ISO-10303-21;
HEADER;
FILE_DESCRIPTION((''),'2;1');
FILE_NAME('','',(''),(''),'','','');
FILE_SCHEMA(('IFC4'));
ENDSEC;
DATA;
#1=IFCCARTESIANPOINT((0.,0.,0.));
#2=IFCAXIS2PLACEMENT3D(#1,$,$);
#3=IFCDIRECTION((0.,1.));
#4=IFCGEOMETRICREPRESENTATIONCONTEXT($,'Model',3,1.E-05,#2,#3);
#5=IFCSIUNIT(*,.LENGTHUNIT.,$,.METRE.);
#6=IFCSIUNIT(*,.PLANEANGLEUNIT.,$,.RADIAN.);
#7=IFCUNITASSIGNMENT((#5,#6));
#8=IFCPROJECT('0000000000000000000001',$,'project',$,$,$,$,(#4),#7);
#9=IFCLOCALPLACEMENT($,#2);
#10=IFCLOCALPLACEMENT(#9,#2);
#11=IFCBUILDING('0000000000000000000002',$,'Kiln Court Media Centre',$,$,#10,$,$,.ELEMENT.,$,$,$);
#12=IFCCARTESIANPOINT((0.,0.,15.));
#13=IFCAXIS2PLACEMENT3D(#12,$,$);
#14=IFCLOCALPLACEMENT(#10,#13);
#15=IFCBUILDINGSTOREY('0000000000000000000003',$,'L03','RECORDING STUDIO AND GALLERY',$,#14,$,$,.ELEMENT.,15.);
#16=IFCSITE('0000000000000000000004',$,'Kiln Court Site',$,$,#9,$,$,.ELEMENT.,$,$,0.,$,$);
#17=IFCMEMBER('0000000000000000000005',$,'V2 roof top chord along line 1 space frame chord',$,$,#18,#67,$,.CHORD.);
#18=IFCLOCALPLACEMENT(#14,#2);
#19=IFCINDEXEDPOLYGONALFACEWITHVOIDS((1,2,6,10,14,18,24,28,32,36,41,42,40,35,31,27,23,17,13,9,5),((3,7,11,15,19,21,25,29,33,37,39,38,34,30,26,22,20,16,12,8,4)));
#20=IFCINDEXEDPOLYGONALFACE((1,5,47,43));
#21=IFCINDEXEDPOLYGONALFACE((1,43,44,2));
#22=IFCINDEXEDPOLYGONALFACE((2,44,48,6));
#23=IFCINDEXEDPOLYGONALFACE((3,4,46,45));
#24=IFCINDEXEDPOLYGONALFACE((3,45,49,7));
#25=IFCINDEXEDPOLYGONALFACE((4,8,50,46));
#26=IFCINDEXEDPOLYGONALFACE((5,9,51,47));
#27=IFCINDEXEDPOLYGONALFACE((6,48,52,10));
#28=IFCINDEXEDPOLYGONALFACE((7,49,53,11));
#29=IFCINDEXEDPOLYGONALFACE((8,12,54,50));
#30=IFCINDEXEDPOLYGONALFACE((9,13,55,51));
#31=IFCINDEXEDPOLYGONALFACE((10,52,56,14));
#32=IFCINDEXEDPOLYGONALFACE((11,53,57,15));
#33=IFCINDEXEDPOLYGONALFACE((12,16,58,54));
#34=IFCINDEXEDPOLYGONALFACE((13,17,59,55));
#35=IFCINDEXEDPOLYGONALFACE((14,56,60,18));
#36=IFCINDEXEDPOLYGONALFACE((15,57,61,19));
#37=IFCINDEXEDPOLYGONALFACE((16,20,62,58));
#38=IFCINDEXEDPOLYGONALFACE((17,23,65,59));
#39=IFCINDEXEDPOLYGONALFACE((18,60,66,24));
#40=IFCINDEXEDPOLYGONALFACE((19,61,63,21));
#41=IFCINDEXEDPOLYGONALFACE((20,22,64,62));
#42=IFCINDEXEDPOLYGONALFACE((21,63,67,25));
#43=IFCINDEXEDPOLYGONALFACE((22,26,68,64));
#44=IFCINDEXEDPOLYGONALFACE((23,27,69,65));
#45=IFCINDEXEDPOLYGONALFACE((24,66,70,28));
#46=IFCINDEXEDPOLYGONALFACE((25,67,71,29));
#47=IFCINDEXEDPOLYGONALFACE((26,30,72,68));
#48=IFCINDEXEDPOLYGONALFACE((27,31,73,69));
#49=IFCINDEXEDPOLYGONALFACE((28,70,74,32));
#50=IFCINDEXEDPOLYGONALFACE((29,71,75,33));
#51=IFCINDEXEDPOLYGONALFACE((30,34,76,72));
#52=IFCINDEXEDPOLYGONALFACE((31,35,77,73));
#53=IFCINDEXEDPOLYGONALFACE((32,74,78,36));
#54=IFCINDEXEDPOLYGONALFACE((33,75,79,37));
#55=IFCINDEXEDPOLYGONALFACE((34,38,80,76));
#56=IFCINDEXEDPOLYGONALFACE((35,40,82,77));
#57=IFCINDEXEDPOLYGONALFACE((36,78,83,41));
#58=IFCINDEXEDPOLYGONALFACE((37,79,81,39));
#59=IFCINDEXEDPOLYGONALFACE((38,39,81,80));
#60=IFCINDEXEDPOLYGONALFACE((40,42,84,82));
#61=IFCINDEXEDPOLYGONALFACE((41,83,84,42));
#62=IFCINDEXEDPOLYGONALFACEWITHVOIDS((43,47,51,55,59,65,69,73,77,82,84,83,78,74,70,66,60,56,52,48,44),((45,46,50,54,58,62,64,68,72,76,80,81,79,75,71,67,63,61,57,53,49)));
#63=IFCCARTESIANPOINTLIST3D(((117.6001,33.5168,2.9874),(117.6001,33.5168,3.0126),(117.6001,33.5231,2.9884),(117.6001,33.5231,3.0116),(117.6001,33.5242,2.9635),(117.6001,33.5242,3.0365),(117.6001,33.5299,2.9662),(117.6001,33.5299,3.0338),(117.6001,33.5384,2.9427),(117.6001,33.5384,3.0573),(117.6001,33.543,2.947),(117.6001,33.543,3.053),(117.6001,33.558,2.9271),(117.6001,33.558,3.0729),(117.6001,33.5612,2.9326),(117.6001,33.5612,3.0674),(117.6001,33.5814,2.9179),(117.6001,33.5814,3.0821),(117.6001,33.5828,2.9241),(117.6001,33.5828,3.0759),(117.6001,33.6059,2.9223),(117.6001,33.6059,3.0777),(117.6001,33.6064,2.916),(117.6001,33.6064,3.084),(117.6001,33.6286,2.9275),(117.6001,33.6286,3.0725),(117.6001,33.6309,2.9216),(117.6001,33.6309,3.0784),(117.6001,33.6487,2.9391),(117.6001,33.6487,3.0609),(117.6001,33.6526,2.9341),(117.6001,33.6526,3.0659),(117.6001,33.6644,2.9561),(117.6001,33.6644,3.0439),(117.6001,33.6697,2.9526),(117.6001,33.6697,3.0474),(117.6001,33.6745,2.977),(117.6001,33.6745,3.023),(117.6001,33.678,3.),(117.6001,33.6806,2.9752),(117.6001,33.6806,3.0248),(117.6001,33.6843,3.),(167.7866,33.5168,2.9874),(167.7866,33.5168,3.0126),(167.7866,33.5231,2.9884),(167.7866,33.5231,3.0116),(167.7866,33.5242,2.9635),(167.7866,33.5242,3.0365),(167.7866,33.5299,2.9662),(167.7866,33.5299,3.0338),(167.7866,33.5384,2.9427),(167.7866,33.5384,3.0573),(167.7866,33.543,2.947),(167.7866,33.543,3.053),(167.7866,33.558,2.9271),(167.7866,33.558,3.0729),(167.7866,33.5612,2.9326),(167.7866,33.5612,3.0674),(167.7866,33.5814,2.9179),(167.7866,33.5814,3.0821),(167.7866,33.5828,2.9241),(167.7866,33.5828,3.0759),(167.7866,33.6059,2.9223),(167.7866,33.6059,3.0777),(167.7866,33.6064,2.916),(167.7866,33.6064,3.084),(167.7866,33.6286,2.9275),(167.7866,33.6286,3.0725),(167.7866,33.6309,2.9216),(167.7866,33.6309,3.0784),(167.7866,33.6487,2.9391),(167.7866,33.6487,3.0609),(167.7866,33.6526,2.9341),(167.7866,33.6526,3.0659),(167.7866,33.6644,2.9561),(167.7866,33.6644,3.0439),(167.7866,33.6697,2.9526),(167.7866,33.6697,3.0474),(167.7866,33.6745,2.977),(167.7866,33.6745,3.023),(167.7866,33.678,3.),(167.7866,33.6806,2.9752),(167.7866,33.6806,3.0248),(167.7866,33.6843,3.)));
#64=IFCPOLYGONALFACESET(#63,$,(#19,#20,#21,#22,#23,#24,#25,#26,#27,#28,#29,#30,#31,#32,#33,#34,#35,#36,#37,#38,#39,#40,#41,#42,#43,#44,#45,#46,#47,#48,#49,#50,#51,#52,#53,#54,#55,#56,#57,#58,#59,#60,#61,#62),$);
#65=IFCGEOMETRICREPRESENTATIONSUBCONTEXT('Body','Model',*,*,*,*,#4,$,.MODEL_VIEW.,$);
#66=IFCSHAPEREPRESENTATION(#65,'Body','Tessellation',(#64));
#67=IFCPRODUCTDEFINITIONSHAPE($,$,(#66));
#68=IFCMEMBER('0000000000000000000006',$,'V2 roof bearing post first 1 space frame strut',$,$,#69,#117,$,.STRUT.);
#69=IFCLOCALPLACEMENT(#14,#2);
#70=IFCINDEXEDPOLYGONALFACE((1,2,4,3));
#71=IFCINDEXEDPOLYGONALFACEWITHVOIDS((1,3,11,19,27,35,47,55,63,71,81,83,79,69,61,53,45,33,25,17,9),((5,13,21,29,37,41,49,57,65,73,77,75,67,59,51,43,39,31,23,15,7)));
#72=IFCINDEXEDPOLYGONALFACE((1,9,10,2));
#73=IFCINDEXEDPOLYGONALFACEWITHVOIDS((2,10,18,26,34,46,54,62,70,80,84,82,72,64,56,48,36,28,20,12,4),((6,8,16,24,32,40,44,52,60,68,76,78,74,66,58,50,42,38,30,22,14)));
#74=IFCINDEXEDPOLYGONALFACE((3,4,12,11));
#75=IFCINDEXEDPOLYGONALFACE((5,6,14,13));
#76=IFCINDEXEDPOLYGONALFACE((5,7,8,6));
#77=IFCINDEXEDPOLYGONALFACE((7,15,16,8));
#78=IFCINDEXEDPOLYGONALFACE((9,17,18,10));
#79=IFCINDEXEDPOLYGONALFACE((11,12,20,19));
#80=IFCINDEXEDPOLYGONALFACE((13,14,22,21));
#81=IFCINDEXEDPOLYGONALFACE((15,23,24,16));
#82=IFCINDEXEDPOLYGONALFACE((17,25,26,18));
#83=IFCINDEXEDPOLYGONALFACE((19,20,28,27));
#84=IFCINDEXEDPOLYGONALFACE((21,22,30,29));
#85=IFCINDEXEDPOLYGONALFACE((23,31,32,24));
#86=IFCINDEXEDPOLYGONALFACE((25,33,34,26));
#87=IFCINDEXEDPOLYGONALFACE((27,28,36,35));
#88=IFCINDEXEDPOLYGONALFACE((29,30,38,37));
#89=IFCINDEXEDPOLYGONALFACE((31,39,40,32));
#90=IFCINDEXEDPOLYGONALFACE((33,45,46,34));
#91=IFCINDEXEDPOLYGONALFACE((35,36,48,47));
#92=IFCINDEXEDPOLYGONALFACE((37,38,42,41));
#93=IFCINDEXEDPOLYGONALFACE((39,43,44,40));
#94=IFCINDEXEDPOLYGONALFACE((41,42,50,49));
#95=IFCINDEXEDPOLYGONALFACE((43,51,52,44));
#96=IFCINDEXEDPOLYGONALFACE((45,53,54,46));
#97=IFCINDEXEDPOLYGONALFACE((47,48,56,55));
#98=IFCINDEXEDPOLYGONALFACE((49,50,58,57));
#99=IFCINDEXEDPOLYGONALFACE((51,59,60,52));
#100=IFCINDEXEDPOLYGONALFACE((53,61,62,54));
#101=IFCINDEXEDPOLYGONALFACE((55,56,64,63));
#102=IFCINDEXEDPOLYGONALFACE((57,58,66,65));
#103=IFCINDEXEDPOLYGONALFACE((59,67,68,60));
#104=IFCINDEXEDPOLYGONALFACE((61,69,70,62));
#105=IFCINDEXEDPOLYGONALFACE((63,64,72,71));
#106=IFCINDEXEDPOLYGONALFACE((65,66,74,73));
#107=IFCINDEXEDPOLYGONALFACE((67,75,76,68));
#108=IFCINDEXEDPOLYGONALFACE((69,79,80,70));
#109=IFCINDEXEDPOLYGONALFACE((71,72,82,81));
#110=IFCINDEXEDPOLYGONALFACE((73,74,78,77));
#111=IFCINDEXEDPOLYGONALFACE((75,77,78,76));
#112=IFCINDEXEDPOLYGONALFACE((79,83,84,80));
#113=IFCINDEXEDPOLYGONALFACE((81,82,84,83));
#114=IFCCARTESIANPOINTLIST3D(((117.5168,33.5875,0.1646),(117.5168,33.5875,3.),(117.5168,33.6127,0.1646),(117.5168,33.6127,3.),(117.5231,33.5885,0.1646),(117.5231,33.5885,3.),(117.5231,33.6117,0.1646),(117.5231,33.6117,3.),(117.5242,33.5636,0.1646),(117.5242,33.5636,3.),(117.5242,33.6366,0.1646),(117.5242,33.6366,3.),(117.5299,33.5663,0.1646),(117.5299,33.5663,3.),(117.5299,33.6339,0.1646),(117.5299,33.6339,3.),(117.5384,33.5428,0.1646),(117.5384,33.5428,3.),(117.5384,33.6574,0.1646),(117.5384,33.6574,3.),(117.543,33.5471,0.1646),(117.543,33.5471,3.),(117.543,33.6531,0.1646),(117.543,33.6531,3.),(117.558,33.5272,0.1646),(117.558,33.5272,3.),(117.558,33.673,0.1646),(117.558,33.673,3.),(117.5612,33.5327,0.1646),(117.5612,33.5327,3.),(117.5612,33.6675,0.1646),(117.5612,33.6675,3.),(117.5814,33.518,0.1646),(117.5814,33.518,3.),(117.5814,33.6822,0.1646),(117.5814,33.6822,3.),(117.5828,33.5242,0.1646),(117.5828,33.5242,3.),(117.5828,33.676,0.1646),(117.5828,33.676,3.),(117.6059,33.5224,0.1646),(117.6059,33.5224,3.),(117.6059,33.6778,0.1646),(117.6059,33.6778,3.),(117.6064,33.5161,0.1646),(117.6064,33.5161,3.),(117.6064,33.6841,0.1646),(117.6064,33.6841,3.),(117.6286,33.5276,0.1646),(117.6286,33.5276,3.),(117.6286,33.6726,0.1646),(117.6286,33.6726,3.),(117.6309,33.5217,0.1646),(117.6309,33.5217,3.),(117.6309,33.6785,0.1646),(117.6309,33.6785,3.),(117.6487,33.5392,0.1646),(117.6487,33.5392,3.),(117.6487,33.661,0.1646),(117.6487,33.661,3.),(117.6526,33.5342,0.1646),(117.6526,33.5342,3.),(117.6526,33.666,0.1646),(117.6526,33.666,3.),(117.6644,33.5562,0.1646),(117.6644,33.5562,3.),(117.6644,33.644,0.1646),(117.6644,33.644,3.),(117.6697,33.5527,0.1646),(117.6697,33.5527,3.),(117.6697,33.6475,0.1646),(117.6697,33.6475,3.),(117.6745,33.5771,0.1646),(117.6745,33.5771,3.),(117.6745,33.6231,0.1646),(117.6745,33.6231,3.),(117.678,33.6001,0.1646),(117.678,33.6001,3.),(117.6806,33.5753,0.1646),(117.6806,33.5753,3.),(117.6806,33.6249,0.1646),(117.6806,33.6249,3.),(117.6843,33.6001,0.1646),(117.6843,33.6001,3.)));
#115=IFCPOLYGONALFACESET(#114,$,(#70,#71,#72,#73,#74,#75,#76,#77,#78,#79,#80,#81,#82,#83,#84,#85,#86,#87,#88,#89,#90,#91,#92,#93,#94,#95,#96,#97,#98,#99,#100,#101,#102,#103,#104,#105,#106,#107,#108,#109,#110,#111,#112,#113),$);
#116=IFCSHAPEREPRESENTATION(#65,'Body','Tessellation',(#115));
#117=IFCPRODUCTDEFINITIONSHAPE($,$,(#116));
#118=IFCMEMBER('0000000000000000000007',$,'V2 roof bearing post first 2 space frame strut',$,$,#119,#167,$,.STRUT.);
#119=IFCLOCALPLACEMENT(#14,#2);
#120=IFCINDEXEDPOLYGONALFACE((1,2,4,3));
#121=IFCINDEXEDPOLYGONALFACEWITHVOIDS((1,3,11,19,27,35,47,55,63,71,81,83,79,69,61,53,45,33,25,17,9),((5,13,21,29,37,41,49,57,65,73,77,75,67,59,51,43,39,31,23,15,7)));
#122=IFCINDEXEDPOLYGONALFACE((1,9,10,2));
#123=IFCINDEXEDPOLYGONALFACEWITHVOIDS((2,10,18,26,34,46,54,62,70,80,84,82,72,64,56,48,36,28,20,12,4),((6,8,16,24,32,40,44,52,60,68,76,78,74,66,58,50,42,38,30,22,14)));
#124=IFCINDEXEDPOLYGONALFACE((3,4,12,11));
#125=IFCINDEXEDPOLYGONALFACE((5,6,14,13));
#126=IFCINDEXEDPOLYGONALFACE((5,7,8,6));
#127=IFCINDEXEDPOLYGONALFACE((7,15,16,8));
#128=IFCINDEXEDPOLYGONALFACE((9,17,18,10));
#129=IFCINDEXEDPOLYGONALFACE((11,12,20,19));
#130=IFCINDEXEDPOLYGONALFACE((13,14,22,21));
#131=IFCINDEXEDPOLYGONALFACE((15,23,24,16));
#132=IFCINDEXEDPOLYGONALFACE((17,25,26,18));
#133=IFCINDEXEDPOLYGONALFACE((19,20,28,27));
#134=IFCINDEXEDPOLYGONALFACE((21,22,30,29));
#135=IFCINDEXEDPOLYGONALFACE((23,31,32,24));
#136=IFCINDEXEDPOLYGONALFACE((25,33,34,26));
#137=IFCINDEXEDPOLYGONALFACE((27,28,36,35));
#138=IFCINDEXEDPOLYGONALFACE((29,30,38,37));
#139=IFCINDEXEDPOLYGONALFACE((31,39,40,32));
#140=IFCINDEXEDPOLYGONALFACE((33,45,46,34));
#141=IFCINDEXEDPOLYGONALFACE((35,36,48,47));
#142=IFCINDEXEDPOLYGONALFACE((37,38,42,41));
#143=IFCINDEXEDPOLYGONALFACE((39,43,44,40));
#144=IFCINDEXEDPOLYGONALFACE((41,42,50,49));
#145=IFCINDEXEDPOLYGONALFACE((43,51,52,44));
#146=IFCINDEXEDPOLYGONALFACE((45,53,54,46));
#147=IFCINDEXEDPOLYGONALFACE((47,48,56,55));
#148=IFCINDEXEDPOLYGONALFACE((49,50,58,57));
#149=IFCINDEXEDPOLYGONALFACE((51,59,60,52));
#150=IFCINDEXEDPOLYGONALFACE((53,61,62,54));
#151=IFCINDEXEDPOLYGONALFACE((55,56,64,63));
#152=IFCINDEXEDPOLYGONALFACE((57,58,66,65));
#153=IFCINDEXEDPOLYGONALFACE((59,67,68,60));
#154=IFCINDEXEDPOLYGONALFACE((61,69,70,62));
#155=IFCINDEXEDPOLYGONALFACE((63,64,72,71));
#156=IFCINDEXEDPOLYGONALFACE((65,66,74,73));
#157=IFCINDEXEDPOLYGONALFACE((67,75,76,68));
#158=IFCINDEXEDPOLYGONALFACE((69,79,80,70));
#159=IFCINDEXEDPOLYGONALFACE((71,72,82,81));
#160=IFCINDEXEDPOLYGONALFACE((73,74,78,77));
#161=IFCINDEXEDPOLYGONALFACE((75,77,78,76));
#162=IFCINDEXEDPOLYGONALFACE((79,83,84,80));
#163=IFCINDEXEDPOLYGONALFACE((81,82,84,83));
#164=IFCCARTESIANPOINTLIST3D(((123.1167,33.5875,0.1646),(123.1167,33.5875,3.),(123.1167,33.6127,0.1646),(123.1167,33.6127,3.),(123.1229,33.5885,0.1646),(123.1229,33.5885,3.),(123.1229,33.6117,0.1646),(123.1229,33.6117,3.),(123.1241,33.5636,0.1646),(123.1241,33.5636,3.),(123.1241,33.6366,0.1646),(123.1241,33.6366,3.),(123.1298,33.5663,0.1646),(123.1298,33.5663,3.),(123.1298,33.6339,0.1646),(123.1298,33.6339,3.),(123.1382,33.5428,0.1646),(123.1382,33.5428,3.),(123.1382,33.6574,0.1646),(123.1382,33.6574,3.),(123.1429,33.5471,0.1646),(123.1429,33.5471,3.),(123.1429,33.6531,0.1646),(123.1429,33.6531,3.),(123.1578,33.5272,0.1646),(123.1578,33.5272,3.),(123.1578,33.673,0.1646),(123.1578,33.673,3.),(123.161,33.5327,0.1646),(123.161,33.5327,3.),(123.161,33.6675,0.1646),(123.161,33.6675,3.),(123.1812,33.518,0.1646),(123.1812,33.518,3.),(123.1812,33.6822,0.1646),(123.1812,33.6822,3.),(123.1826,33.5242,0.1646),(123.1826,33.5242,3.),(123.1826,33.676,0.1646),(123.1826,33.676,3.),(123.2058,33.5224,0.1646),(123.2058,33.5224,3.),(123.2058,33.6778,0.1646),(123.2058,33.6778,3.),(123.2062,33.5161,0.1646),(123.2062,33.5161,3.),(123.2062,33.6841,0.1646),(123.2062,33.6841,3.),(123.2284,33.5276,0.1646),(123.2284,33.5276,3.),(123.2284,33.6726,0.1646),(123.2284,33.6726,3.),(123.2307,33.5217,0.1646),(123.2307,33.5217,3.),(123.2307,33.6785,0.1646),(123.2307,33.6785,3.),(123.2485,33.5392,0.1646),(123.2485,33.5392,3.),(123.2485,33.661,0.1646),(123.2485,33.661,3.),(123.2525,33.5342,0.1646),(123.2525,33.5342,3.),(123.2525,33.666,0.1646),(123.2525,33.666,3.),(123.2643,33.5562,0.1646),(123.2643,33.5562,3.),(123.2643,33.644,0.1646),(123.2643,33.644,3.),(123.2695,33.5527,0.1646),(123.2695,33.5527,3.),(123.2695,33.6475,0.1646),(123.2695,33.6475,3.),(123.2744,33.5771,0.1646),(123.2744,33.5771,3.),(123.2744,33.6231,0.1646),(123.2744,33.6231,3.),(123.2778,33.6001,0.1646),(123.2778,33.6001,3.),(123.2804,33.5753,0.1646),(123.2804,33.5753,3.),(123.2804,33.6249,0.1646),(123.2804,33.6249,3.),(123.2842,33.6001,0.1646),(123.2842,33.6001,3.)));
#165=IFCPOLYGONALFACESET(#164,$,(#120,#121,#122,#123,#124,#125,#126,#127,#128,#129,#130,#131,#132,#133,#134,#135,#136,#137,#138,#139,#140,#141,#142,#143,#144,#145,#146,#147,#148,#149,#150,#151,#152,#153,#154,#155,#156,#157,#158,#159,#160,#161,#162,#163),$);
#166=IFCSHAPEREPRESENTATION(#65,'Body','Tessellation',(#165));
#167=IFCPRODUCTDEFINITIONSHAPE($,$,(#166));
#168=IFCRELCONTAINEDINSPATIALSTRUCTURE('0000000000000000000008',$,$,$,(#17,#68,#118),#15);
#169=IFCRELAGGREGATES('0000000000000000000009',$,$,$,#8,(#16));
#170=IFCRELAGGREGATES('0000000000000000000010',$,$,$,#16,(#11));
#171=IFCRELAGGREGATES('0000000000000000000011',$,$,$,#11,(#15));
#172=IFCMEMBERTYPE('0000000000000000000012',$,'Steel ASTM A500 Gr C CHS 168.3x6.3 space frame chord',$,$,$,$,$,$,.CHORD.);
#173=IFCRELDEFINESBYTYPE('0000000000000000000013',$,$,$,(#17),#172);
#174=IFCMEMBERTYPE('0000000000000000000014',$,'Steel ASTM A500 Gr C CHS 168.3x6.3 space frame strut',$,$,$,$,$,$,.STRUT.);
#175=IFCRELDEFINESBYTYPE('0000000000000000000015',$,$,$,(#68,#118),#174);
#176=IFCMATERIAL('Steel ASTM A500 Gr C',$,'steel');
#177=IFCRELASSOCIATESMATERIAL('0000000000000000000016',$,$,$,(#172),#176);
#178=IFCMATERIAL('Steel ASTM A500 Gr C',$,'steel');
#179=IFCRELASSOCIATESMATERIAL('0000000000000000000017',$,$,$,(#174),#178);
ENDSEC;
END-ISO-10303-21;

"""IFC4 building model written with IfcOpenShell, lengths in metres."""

from ifc_helpers import new_model, si_unit, direction, frame, origin, origin_2d, place, context, subcontext, project, spatial, hollow_circle, extrude, material, material_profile, profile_set, type_object, element, save


model = new_model("IFC4")

# Units and contexts
model_context = context("Model", 3, precision=1e-05, world=origin(), true_north=direction((0.0, 1.0)))
body_context = subcontext(model_context, "Body", "Model", "MODEL_VIEW")
ifc_project = project(units=[si_unit("LENGTHUNIT", "METRE"), si_unit("PLANEANGLEUNIT", "RADIAN")], contexts=[model_context])

# Site, building, storey
site_placement = place(None, origin())
site = spatial("IfcSite", under=ifc_project, at=site_placement, Name="Kiln Court Site", CompositionType="ELEMENT", RefElevation=0.0)
building_placement = place(site_placement, origin())
building = spatial("IfcBuilding", under=site, at=building_placement, Name="Kiln Court Media Centre", CompositionType="ELEMENT")
storey_placement = place(building_placement, frame((0.0, 0.0, 15.0)))
storey = spatial("IfcBuildingStorey", under=building, at=storey_placement, Name="L03", Description="RECORDING STUDIO AND GALLERY", CompositionType="ELEMENT", Elevation=15.0)

# Members
ifc_material_1 = material(Name="Steel ASTM A500 Gr C", Category="steel")
ifc_material_profile_1 = material_profile(ifc_material_1, hollow_circle(Radius=0.0842, WallThickness=0.0063, at=origin_2d()), Name="CHS 168.3x6.3")
ifc_profile_set_1 = profile_set([ifc_material_profile_1], Name="Steel ASTM A500 Gr C")
member_type_1 = type_object("IfcMemberType", Name="Steel ASTM A500 Gr C CHS 168.3x6.3 space frame chord", PredefinedType="CHORD", material=ifc_profile_set_1)
member_1_placement = place(storey_placement, frame((117.6001, 33.6001, 3.0), z_axis=(1.0, 0.0, 0.0), x_axis=(0.0, 1.0, 0.0)))
element("IfcMember", 1, at=member_1_placement, inside=storey, type_object=member_type_1, Name="V2 roof top chord along line 1 space frame chord", PredefinedType="CHORD", context=body_context, shape_type="SweptSolid", body=[
    extrude(hollow_circle(Radius=0.0842, WallThickness=0.0063, at=origin_2d()), origin(), (0.0, 0.0, 1.0), 50.1865),
])
ifc_material_2 = material(Name="Steel ASTM A500 Gr C", Category="steel")
ifc_material_profile_2 = material_profile(ifc_material_2, hollow_circle(Radius=0.0842, WallThickness=0.0063, at=origin_2d()), Name="CHS 168.3x6.3")
ifc_profile_set_2 = profile_set([ifc_material_profile_2], Name="Steel ASTM A500 Gr C")
member_type_2 = type_object("IfcMemberType", Name="Steel ASTM A500 Gr C CHS 168.3x6.3 space frame strut", PredefinedType="STRUT", material=ifc_profile_set_2)
for number, where, z_axis, x_axis, name in (
    (2, (117.6001, 33.6001, 0.1646), (0.0, 0.0, 1.0), (1.0, 0.0, 0.0), "V2 roof bearing post first 1 space frame strut"),
    (3, (123.2, 33.6001, 0.1646), (0.0, 0.0, 1.0), (1.0, 0.0, 0.0), "V2 roof bearing post first 2 space frame strut"),
):
    element("IfcMember", number, at=place(storey_placement, frame(where, z_axis=z_axis, x_axis=x_axis)), inside=storey, type_object=member_type_2, Name=name, PredefinedType="STRUT", context=body_context, shape_type="SweptSolid", body=[
        extrude(hollow_circle(Radius=0.0842, WallThickness=0.0063, at=origin_2d()), origin(), (0.0, 0.0, 1.0), 2.8354),
    ])

save(model, "model.ifc")
